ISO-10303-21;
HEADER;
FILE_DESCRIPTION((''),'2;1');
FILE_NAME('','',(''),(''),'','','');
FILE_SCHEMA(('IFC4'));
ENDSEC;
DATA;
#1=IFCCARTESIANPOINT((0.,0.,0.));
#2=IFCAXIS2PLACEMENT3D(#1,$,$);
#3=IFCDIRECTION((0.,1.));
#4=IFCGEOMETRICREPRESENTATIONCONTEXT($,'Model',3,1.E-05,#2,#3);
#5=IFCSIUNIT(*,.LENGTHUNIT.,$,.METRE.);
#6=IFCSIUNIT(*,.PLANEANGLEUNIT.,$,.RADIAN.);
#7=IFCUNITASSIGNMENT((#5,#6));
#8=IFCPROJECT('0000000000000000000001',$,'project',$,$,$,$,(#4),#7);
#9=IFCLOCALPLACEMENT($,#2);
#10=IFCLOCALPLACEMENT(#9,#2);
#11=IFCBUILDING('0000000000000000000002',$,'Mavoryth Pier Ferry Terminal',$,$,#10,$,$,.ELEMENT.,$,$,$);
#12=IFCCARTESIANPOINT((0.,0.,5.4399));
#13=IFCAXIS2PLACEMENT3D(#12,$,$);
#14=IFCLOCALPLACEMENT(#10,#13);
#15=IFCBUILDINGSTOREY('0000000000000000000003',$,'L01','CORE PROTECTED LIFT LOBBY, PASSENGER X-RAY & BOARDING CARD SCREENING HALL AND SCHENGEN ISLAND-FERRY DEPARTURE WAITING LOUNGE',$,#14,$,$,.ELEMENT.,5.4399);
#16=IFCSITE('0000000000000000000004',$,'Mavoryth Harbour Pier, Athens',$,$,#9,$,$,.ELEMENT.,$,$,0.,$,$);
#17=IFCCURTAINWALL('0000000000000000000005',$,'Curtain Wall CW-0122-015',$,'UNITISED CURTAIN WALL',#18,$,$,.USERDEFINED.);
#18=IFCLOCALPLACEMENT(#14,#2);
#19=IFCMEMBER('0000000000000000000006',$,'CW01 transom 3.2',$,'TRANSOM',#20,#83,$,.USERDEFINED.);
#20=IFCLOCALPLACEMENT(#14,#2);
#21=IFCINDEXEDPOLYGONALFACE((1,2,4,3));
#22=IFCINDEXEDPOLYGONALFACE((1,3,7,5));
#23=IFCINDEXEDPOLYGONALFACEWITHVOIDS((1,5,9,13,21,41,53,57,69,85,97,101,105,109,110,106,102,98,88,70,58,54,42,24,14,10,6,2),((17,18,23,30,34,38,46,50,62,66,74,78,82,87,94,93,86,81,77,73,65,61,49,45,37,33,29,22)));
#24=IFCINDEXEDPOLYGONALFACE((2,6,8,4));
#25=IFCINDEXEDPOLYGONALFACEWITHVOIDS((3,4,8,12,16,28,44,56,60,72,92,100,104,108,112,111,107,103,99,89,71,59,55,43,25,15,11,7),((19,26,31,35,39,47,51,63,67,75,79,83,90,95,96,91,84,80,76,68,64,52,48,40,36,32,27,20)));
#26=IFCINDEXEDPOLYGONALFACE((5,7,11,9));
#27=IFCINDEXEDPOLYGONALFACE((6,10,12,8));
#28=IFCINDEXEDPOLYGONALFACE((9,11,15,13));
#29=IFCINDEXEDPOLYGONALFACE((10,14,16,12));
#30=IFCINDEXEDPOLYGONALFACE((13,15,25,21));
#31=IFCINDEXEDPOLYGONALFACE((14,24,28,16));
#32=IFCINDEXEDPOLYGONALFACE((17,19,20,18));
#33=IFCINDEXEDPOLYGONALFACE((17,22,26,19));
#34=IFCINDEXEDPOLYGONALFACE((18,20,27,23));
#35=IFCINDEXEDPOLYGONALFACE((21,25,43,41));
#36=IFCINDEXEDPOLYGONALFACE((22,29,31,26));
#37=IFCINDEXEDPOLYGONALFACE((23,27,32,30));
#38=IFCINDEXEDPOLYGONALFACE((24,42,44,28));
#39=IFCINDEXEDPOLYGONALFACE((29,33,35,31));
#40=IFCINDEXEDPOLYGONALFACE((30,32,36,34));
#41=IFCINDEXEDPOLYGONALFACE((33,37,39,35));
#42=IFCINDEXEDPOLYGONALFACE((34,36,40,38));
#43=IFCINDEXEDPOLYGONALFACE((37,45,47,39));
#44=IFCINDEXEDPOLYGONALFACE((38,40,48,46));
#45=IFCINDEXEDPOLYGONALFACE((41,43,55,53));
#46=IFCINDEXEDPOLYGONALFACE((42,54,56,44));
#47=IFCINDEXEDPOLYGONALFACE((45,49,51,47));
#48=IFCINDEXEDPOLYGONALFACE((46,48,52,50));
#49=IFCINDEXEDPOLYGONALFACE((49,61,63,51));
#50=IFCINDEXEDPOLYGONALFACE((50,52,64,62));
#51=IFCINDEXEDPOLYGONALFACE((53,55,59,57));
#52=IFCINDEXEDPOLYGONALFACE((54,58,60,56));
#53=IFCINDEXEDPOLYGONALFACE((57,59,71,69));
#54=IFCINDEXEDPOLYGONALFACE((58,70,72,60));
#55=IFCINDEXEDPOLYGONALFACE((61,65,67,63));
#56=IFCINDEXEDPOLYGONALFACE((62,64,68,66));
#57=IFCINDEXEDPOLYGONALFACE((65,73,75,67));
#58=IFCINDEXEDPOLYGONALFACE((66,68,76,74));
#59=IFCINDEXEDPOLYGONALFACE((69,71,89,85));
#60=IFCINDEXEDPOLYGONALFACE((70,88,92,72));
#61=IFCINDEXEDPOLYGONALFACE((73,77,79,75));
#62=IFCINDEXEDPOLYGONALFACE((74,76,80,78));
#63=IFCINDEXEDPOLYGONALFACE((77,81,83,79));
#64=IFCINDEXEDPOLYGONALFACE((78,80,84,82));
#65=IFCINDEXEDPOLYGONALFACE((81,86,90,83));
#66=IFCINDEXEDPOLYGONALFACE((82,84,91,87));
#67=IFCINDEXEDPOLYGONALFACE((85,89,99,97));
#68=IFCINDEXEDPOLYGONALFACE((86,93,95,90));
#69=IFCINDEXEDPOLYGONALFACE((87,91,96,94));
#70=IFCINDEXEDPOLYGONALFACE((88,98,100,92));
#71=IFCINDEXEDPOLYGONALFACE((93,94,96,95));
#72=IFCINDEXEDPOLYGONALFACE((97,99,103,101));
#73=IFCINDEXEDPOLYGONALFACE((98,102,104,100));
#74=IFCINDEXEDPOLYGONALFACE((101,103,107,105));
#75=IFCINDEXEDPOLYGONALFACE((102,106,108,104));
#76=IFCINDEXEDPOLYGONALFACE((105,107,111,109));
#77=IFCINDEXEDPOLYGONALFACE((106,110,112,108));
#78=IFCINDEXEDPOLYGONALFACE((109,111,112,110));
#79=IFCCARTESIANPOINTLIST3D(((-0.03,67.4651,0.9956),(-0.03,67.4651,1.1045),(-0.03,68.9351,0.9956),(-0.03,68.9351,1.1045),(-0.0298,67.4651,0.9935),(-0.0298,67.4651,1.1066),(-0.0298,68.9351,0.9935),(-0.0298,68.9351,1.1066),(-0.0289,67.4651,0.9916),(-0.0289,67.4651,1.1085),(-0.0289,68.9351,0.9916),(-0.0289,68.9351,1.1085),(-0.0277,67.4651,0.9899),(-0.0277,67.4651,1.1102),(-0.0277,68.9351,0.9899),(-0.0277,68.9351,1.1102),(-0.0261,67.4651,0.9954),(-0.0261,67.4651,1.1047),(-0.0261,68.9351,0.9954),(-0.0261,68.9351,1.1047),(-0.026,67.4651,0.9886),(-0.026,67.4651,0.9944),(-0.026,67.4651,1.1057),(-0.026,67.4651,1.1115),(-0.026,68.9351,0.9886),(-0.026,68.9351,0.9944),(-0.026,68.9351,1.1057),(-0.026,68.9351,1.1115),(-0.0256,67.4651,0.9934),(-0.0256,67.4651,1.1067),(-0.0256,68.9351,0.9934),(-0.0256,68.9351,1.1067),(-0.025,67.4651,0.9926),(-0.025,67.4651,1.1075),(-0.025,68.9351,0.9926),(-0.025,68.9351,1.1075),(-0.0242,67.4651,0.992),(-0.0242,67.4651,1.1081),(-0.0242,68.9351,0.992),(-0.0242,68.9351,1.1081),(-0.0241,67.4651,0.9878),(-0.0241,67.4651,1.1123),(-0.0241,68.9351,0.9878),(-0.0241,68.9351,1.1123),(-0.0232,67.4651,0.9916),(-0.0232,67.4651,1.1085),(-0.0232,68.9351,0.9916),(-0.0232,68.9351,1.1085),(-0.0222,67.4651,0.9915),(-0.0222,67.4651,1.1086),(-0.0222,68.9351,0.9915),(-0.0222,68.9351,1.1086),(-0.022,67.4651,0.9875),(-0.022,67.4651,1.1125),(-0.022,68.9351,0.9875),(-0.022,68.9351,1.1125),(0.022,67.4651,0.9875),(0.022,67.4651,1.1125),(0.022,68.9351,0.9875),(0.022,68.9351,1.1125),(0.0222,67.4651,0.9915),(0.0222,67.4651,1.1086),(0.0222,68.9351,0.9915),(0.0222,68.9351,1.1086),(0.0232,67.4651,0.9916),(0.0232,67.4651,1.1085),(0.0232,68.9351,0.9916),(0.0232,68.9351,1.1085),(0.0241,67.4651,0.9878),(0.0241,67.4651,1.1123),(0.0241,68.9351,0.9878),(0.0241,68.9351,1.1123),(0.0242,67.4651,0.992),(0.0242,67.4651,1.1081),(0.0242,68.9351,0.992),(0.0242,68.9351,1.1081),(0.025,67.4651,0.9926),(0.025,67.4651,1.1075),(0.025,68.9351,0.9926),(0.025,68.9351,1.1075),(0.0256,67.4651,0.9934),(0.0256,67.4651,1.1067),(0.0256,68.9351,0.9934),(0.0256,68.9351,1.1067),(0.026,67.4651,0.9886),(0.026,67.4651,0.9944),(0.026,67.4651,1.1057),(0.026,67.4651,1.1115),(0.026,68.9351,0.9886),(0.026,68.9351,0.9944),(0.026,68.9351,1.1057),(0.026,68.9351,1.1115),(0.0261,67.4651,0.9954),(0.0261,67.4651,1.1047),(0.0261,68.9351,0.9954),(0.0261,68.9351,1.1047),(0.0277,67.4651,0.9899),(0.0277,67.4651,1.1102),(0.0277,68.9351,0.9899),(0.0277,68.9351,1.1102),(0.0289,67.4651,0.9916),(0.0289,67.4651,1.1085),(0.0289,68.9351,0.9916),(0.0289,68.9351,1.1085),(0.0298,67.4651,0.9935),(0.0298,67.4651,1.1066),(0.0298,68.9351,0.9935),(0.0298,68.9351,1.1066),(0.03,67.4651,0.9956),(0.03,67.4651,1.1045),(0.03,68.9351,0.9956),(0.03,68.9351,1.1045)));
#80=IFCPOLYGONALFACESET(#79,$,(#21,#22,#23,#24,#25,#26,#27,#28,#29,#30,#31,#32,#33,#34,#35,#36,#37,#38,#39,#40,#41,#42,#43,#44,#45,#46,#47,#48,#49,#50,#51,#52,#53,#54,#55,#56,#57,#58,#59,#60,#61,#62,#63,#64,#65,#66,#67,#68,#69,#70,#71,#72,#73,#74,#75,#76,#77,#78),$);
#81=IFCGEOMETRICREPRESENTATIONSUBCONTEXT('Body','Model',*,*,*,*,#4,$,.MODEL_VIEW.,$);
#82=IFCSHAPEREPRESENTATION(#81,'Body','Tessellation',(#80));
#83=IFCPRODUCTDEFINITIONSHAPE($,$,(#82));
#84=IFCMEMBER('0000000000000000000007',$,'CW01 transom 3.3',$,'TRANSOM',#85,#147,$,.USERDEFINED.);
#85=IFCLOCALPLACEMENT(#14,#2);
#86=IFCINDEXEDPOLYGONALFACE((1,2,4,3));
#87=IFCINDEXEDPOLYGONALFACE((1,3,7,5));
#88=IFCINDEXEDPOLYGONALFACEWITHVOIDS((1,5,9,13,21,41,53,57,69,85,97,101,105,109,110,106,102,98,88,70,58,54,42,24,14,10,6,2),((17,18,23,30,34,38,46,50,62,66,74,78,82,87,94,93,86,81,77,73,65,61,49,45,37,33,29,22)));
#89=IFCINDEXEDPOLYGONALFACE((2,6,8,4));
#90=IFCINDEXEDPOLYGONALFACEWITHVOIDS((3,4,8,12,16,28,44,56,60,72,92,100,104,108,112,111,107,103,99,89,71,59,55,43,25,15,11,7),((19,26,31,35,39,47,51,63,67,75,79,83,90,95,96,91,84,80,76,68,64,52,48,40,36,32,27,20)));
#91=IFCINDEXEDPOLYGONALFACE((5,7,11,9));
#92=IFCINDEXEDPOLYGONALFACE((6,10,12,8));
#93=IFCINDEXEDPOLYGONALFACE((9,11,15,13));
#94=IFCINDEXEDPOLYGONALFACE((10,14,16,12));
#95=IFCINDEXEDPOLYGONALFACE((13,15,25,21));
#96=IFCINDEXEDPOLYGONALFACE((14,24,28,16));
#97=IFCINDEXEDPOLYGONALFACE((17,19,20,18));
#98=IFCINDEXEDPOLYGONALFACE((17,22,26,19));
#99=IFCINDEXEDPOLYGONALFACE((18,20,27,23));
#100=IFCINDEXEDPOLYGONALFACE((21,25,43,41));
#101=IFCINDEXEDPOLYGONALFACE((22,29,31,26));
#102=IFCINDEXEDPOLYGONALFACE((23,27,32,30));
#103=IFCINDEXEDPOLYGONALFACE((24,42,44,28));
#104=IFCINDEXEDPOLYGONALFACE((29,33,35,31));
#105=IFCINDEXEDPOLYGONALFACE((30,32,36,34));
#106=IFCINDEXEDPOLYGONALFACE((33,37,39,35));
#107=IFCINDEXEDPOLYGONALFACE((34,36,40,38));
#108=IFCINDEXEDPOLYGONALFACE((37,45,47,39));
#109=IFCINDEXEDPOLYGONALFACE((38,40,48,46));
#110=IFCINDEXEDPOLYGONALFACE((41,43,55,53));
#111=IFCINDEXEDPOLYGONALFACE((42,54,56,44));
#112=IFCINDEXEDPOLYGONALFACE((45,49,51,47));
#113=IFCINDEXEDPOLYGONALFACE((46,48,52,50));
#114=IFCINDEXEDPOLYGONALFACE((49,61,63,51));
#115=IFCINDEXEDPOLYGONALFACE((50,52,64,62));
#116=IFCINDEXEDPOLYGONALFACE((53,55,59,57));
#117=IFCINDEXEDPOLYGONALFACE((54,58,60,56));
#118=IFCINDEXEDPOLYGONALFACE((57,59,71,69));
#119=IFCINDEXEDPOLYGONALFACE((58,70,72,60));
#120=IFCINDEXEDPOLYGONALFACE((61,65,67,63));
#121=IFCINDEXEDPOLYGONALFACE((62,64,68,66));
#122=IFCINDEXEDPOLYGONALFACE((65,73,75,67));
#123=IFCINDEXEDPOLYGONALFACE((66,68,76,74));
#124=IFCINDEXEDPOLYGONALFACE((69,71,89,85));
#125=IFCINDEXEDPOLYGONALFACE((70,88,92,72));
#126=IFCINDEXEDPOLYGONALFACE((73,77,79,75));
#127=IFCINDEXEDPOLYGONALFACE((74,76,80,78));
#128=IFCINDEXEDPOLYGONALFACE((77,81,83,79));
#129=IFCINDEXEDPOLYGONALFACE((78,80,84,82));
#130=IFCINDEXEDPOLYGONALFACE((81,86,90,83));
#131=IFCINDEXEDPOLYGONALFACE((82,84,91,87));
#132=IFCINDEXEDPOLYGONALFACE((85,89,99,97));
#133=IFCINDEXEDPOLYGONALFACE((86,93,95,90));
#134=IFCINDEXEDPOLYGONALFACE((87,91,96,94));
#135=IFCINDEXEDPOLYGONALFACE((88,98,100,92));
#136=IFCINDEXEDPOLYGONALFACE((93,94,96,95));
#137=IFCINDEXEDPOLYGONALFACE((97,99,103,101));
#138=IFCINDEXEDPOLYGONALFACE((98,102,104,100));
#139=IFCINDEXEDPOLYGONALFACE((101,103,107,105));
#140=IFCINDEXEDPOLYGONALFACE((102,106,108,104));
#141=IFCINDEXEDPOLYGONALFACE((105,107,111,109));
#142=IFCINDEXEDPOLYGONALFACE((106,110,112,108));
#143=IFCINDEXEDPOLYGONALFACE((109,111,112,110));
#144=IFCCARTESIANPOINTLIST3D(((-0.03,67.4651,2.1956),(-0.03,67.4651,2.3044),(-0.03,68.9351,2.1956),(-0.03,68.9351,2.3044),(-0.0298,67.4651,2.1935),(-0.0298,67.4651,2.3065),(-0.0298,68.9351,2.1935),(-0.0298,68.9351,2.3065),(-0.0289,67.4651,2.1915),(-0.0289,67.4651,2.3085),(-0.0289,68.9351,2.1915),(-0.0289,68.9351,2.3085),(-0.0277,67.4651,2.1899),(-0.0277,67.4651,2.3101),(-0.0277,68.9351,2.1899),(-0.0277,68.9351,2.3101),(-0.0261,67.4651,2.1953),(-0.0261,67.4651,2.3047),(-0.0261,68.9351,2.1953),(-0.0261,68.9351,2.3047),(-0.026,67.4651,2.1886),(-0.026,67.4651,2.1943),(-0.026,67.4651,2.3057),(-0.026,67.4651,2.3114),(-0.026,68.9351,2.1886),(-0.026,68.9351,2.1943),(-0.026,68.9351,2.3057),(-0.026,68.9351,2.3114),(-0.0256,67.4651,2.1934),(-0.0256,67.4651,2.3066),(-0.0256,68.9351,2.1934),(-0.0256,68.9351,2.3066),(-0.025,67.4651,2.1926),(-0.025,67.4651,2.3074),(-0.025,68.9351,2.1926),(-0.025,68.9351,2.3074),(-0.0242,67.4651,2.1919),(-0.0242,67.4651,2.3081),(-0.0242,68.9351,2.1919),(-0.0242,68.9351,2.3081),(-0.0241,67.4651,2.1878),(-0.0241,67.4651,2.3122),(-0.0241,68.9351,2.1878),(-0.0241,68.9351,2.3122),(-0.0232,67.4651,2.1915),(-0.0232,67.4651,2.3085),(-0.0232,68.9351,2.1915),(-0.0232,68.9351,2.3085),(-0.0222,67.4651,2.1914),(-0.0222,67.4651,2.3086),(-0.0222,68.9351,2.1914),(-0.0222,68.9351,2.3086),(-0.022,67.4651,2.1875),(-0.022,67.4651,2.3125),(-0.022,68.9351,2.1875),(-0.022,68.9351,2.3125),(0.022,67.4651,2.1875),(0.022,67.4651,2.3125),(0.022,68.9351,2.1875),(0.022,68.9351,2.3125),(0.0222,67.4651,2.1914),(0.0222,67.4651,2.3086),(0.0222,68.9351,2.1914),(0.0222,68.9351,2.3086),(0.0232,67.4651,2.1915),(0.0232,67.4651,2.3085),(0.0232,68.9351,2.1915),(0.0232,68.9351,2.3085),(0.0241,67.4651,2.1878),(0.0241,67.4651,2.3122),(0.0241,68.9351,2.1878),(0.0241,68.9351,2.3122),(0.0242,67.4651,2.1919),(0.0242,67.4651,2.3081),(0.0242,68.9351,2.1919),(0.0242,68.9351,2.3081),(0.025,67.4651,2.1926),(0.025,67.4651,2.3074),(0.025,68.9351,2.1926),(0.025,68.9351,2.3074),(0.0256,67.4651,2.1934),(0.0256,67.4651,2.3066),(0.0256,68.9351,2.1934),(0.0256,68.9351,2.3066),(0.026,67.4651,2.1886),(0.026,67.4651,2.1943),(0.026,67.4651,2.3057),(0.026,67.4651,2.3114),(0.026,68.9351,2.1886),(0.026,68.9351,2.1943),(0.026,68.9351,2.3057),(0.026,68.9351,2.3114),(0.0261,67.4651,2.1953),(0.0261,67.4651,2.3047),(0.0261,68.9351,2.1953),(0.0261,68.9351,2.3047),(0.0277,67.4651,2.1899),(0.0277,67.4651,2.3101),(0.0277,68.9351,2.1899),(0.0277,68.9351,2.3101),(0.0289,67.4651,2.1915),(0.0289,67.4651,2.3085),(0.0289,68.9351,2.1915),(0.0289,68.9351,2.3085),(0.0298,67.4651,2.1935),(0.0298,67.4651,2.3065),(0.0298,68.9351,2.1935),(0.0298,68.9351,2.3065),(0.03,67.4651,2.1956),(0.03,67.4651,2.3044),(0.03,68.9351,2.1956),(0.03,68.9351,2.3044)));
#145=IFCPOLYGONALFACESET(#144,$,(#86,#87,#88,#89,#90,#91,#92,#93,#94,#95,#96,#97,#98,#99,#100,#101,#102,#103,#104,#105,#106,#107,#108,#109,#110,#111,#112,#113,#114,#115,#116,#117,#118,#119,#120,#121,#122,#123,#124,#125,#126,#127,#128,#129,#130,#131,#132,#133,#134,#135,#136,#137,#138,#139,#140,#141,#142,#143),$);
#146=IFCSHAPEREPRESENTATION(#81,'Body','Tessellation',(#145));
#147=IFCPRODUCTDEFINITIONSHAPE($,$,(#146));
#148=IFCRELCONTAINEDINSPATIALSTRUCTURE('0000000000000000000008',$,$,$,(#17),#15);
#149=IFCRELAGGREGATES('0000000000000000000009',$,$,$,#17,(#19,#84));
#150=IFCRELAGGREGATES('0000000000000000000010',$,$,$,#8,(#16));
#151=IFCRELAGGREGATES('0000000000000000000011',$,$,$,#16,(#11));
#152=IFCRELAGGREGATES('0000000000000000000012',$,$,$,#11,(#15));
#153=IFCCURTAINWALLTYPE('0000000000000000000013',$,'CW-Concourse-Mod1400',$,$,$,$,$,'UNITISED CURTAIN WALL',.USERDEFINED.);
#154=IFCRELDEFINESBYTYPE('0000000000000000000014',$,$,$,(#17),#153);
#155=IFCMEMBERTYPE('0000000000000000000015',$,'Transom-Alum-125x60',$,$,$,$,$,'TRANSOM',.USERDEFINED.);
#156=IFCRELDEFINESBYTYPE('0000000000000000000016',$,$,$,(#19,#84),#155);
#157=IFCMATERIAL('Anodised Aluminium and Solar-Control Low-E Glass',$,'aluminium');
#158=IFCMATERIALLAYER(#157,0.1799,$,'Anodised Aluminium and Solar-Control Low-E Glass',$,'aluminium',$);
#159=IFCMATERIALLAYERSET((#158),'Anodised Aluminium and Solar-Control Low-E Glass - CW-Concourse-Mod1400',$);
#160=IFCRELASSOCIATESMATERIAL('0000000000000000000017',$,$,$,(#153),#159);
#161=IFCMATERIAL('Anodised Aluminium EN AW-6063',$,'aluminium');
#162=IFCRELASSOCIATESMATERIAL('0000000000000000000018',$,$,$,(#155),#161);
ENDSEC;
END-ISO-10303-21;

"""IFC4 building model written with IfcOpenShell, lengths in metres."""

from ifc_helpers import new_model, si_unit, direction, frame, origin, origin_2d, place, context, subcontext, project, spatial, hollow_rectangle, extrude, material, layer, layer_set, material_profile, profile_set, type_object, element, aggregate, save


model = new_model("IFC4")

# Units and contexts
model_context = context("Model", 3, precision=1e-05, world=origin(), true_north=direction((0.0, 1.0)))
body_context = subcontext(model_context, "Body", "Model", "MODEL_VIEW")
ifc_project = project(units=[si_unit("LENGTHUNIT", "METRE"), si_unit("PLANEANGLEUNIT", "RADIAN")], contexts=[model_context])

# Site, building, storey
site_placement = place(None, origin())
site = spatial("IfcSite", under=ifc_project, at=site_placement, Name="Mavoryth Harbour Pier, Athens", CompositionType="ELEMENT", RefElevation=0.0)
building_placement = place(site_placement, origin())
building = spatial("IfcBuilding", under=site, at=building_placement, Name="Mavoryth Pier Ferry Terminal", CompositionType="ELEMENT")
storey_placement = place(building_placement, frame((0.0, 0.0, 5.4399)))
storey = spatial("IfcBuildingStorey", under=building, at=storey_placement, Name="L01", Description="CORE PROTECTED LIFT LOBBY, PASSENGER X-RAY & BOARDING CARD SCREENING HALL AND SCHENGEN ISLAND-FERRY DEPARTURE WAITING LOUNGE", CompositionType="ELEMENT", Elevation=5.4399)

# Curtain wall
ifc_material_1 = material(Name="Anodised Aluminium and Solar-Control Low-E Glass", Category="aluminium")
ifc_layer_1 = layer(ifc_material_1, 0.1799, Name="Anodised Aluminium and Solar-Control Low-E Glass", Category="aluminium")
ifc_layer_set_1 = layer_set([ifc_layer_1], Name="Anodised Aluminium and Solar-Control Low-E Glass - CW-Concourse-Mod1400")
curtain_wall_type = type_object("IfcCurtainWallType", Name="CW-Concourse-Mod1400", ElementType="UNITISED CURTAIN WALL", PredefinedType="USERDEFINED", material=ifc_layer_set_1)
curtain_wall_1_placement = place(storey_placement, origin())
curtain_wall_1 = element("IfcCurtainWall", 1, at=curtain_wall_1_placement, inside=storey, type_object=curtain_wall_type, Name="Curtain Wall CW-0122-015", ObjectType="UNITISED CURTAIN WALL", PredefinedType="USERDEFINED")
ifc_material_2 = material(Name="Anodised Aluminium EN AW-6063", Category="aluminium")

# Members
ifc_material_profile_1 = material_profile(ifc_material_2, hollow_rectangle(XDim=0.0601, YDim=0.125, WallThickness=0.0039, InnerFilletRadius=0.0039, OuterFilletRadius=0.0081, at=origin_2d()), Name="AL-TRAN 125x60x4", Category="aluminium")
ifc_profile_set_1 = profile_set([ifc_material_profile_1], Name="Anodised Aluminium EN AW-6063 - AL-TRAN 125x60x4")
member_type_1 = type_object("IfcMemberType", Name="Transom-Alum-125x60", ElementType="TRANSOM", PredefinedType="USERDEFINED", material=ifc_profile_set_1)
member_1_placement = place(storey_placement, frame((0.0, 68.9351, 1.05), z_axis=(0.0, -1.0, 0.0), x_axis=(1.0, 0.0, 0.0)))
member_1 = element("IfcMember", 2, at=member_1_placement, type_object=member_type_1, Name="CW01 transom 3.2", ObjectType="TRANSOM", PredefinedType="USERDEFINED", context=body_context, shape_type="SweptSolid", body=[
    extrude(hollow_rectangle(XDim=0.0601, YDim=0.125, WallThickness=0.0039, InnerFilletRadius=0.0039, OuterFilletRadius=0.0081, at=origin_2d()), origin(), (0.0, 0.0, 1.0), 1.47),
])
member_2_placement = place(storey_placement, frame((0.0, 68.9351, 2.25), z_axis=(0.0, -1.0, 0.0), x_axis=(1.0, 0.0, 0.0)))
member_2 = element("IfcMember", 3, at=member_2_placement, type_object=member_type_1, Name="CW01 transom 3.3", ObjectType="TRANSOM", PredefinedType="USERDEFINED", context=body_context, shape_type="SweptSolid", body=[
    extrude(hollow_rectangle(XDim=0.0601, YDim=0.125, WallThickness=0.0039, InnerFilletRadius=0.0039, OuterFilletRadius=0.0081, at=origin_2d()), origin(), (0.0, 0.0, 1.0), 1.47),
])

aggregate(curtain_wall_1, [member_1, member_2])

save(model, "model.ifc")
